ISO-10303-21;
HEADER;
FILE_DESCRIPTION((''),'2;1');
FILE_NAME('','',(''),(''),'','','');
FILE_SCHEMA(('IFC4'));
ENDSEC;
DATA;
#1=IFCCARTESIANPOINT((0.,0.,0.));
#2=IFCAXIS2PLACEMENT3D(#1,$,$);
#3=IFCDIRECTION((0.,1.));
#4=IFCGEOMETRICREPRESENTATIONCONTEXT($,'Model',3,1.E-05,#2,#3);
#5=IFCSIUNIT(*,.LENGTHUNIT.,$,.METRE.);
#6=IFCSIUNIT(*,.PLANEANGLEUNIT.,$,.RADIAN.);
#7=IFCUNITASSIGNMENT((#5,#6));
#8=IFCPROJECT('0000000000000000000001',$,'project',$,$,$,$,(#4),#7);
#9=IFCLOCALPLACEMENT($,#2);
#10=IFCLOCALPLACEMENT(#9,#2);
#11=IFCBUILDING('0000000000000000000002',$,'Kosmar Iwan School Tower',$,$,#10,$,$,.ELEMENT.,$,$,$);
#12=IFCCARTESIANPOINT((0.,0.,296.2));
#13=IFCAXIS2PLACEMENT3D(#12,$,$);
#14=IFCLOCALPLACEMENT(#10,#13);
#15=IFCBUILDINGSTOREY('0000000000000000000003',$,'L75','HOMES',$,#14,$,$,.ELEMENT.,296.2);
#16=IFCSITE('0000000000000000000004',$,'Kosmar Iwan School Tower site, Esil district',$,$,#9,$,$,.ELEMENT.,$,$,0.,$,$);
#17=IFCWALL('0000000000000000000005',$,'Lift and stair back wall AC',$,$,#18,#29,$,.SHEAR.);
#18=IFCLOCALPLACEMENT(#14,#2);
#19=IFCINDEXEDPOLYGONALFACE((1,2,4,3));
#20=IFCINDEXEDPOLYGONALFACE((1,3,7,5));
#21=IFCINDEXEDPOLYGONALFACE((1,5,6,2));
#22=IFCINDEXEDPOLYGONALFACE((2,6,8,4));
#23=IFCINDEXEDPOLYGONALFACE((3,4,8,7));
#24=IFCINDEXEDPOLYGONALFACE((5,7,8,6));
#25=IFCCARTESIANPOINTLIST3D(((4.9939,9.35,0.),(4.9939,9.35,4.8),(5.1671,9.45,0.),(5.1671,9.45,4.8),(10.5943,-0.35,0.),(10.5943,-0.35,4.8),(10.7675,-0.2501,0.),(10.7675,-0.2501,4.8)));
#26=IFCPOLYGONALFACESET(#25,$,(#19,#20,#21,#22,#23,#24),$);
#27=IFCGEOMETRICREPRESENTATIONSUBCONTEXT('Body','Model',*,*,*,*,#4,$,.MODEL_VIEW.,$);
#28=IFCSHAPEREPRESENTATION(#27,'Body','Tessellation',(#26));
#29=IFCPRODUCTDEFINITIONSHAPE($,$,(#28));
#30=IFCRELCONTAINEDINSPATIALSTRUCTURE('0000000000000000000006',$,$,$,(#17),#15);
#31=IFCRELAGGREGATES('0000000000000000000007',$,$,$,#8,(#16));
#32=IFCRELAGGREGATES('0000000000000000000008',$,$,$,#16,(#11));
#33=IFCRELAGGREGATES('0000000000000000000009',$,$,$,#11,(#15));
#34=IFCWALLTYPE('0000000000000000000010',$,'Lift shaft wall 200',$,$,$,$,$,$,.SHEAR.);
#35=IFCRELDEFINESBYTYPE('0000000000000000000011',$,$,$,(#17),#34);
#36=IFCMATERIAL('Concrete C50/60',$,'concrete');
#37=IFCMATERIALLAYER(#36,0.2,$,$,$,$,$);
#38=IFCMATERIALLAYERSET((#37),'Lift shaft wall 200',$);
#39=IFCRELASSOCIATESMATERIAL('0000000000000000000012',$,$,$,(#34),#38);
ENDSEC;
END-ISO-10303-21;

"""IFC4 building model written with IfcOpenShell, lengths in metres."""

from ifc_helpers import new_model, si_unit, direction, frame, frame_2d, origin, place, context, subcontext, project, spatial, rectangle, extrude, material, layer, layer_set, type_object, element, save


model = new_model("IFC4")

# Units and contexts
model_context = context("Model", 3, precision=1e-05, world=origin(), true_north=direction((0.0, 1.0)))
body_context = subcontext(model_context, "Body", "Model", "MODEL_VIEW")
ifc_project = project(units=[si_unit("LENGTHUNIT", "METRE"), si_unit("PLANEANGLEUNIT", "RADIAN")], contexts=[model_context])

# Site, building, storey
site_placement = place(None, origin())
site = spatial("IfcSite", under=ifc_project, at=site_placement, Name="Kosmar Iwan School Tower site, Esil district", CompositionType="ELEMENT", RefElevation=0.0)
building_placement = place(site_placement, origin())
building = spatial("IfcBuilding", under=site, at=building_placement, Name="Kosmar Iwan School Tower", CompositionType="ELEMENT")
storey_placement = place(building_placement, frame((0.0, 0.0, 296.2)))
storey = spatial("IfcBuildingStorey", under=building, at=storey_placement, Name="L75", Description="HOMES", CompositionType="ELEMENT", Elevation=296.2)

# Wall
ifc_material_1 = material(Name="Concrete C50/60", Category="concrete")
ifc_layer_1 = layer(ifc_material_1, 0.2)
ifc_layer_set_1 = layer_set([ifc_layer_1], Name="Lift shaft wall 200")
wall_type_1 = type_object("IfcWallType", Name="Lift shaft wall 200", PredefinedType="SHEAR", material=ifc_layer_set_1)
wall_1_placement = place(storey_placement, frame((10.6809, -0.3, 0.0), z_axis=(0.0, 0.0, 1.0), x_axis=(-0.500005, 0.866023, 0.0)))
element("IfcWall", 1, at=wall_1_placement, inside=storey, type_object=wall_type_1, Name="Lift and stair back wall AC", PredefinedType="SHEAR", context=body_context, shape_type="SweptSolid", body=[
    extrude(rectangle(XDim=11.2007, YDim=0.2, at=frame_2d((5.6003, 0.0))), origin(), (0.0, 0.0, 1.0), 4.8),
])

save(model, "model.ifc")
